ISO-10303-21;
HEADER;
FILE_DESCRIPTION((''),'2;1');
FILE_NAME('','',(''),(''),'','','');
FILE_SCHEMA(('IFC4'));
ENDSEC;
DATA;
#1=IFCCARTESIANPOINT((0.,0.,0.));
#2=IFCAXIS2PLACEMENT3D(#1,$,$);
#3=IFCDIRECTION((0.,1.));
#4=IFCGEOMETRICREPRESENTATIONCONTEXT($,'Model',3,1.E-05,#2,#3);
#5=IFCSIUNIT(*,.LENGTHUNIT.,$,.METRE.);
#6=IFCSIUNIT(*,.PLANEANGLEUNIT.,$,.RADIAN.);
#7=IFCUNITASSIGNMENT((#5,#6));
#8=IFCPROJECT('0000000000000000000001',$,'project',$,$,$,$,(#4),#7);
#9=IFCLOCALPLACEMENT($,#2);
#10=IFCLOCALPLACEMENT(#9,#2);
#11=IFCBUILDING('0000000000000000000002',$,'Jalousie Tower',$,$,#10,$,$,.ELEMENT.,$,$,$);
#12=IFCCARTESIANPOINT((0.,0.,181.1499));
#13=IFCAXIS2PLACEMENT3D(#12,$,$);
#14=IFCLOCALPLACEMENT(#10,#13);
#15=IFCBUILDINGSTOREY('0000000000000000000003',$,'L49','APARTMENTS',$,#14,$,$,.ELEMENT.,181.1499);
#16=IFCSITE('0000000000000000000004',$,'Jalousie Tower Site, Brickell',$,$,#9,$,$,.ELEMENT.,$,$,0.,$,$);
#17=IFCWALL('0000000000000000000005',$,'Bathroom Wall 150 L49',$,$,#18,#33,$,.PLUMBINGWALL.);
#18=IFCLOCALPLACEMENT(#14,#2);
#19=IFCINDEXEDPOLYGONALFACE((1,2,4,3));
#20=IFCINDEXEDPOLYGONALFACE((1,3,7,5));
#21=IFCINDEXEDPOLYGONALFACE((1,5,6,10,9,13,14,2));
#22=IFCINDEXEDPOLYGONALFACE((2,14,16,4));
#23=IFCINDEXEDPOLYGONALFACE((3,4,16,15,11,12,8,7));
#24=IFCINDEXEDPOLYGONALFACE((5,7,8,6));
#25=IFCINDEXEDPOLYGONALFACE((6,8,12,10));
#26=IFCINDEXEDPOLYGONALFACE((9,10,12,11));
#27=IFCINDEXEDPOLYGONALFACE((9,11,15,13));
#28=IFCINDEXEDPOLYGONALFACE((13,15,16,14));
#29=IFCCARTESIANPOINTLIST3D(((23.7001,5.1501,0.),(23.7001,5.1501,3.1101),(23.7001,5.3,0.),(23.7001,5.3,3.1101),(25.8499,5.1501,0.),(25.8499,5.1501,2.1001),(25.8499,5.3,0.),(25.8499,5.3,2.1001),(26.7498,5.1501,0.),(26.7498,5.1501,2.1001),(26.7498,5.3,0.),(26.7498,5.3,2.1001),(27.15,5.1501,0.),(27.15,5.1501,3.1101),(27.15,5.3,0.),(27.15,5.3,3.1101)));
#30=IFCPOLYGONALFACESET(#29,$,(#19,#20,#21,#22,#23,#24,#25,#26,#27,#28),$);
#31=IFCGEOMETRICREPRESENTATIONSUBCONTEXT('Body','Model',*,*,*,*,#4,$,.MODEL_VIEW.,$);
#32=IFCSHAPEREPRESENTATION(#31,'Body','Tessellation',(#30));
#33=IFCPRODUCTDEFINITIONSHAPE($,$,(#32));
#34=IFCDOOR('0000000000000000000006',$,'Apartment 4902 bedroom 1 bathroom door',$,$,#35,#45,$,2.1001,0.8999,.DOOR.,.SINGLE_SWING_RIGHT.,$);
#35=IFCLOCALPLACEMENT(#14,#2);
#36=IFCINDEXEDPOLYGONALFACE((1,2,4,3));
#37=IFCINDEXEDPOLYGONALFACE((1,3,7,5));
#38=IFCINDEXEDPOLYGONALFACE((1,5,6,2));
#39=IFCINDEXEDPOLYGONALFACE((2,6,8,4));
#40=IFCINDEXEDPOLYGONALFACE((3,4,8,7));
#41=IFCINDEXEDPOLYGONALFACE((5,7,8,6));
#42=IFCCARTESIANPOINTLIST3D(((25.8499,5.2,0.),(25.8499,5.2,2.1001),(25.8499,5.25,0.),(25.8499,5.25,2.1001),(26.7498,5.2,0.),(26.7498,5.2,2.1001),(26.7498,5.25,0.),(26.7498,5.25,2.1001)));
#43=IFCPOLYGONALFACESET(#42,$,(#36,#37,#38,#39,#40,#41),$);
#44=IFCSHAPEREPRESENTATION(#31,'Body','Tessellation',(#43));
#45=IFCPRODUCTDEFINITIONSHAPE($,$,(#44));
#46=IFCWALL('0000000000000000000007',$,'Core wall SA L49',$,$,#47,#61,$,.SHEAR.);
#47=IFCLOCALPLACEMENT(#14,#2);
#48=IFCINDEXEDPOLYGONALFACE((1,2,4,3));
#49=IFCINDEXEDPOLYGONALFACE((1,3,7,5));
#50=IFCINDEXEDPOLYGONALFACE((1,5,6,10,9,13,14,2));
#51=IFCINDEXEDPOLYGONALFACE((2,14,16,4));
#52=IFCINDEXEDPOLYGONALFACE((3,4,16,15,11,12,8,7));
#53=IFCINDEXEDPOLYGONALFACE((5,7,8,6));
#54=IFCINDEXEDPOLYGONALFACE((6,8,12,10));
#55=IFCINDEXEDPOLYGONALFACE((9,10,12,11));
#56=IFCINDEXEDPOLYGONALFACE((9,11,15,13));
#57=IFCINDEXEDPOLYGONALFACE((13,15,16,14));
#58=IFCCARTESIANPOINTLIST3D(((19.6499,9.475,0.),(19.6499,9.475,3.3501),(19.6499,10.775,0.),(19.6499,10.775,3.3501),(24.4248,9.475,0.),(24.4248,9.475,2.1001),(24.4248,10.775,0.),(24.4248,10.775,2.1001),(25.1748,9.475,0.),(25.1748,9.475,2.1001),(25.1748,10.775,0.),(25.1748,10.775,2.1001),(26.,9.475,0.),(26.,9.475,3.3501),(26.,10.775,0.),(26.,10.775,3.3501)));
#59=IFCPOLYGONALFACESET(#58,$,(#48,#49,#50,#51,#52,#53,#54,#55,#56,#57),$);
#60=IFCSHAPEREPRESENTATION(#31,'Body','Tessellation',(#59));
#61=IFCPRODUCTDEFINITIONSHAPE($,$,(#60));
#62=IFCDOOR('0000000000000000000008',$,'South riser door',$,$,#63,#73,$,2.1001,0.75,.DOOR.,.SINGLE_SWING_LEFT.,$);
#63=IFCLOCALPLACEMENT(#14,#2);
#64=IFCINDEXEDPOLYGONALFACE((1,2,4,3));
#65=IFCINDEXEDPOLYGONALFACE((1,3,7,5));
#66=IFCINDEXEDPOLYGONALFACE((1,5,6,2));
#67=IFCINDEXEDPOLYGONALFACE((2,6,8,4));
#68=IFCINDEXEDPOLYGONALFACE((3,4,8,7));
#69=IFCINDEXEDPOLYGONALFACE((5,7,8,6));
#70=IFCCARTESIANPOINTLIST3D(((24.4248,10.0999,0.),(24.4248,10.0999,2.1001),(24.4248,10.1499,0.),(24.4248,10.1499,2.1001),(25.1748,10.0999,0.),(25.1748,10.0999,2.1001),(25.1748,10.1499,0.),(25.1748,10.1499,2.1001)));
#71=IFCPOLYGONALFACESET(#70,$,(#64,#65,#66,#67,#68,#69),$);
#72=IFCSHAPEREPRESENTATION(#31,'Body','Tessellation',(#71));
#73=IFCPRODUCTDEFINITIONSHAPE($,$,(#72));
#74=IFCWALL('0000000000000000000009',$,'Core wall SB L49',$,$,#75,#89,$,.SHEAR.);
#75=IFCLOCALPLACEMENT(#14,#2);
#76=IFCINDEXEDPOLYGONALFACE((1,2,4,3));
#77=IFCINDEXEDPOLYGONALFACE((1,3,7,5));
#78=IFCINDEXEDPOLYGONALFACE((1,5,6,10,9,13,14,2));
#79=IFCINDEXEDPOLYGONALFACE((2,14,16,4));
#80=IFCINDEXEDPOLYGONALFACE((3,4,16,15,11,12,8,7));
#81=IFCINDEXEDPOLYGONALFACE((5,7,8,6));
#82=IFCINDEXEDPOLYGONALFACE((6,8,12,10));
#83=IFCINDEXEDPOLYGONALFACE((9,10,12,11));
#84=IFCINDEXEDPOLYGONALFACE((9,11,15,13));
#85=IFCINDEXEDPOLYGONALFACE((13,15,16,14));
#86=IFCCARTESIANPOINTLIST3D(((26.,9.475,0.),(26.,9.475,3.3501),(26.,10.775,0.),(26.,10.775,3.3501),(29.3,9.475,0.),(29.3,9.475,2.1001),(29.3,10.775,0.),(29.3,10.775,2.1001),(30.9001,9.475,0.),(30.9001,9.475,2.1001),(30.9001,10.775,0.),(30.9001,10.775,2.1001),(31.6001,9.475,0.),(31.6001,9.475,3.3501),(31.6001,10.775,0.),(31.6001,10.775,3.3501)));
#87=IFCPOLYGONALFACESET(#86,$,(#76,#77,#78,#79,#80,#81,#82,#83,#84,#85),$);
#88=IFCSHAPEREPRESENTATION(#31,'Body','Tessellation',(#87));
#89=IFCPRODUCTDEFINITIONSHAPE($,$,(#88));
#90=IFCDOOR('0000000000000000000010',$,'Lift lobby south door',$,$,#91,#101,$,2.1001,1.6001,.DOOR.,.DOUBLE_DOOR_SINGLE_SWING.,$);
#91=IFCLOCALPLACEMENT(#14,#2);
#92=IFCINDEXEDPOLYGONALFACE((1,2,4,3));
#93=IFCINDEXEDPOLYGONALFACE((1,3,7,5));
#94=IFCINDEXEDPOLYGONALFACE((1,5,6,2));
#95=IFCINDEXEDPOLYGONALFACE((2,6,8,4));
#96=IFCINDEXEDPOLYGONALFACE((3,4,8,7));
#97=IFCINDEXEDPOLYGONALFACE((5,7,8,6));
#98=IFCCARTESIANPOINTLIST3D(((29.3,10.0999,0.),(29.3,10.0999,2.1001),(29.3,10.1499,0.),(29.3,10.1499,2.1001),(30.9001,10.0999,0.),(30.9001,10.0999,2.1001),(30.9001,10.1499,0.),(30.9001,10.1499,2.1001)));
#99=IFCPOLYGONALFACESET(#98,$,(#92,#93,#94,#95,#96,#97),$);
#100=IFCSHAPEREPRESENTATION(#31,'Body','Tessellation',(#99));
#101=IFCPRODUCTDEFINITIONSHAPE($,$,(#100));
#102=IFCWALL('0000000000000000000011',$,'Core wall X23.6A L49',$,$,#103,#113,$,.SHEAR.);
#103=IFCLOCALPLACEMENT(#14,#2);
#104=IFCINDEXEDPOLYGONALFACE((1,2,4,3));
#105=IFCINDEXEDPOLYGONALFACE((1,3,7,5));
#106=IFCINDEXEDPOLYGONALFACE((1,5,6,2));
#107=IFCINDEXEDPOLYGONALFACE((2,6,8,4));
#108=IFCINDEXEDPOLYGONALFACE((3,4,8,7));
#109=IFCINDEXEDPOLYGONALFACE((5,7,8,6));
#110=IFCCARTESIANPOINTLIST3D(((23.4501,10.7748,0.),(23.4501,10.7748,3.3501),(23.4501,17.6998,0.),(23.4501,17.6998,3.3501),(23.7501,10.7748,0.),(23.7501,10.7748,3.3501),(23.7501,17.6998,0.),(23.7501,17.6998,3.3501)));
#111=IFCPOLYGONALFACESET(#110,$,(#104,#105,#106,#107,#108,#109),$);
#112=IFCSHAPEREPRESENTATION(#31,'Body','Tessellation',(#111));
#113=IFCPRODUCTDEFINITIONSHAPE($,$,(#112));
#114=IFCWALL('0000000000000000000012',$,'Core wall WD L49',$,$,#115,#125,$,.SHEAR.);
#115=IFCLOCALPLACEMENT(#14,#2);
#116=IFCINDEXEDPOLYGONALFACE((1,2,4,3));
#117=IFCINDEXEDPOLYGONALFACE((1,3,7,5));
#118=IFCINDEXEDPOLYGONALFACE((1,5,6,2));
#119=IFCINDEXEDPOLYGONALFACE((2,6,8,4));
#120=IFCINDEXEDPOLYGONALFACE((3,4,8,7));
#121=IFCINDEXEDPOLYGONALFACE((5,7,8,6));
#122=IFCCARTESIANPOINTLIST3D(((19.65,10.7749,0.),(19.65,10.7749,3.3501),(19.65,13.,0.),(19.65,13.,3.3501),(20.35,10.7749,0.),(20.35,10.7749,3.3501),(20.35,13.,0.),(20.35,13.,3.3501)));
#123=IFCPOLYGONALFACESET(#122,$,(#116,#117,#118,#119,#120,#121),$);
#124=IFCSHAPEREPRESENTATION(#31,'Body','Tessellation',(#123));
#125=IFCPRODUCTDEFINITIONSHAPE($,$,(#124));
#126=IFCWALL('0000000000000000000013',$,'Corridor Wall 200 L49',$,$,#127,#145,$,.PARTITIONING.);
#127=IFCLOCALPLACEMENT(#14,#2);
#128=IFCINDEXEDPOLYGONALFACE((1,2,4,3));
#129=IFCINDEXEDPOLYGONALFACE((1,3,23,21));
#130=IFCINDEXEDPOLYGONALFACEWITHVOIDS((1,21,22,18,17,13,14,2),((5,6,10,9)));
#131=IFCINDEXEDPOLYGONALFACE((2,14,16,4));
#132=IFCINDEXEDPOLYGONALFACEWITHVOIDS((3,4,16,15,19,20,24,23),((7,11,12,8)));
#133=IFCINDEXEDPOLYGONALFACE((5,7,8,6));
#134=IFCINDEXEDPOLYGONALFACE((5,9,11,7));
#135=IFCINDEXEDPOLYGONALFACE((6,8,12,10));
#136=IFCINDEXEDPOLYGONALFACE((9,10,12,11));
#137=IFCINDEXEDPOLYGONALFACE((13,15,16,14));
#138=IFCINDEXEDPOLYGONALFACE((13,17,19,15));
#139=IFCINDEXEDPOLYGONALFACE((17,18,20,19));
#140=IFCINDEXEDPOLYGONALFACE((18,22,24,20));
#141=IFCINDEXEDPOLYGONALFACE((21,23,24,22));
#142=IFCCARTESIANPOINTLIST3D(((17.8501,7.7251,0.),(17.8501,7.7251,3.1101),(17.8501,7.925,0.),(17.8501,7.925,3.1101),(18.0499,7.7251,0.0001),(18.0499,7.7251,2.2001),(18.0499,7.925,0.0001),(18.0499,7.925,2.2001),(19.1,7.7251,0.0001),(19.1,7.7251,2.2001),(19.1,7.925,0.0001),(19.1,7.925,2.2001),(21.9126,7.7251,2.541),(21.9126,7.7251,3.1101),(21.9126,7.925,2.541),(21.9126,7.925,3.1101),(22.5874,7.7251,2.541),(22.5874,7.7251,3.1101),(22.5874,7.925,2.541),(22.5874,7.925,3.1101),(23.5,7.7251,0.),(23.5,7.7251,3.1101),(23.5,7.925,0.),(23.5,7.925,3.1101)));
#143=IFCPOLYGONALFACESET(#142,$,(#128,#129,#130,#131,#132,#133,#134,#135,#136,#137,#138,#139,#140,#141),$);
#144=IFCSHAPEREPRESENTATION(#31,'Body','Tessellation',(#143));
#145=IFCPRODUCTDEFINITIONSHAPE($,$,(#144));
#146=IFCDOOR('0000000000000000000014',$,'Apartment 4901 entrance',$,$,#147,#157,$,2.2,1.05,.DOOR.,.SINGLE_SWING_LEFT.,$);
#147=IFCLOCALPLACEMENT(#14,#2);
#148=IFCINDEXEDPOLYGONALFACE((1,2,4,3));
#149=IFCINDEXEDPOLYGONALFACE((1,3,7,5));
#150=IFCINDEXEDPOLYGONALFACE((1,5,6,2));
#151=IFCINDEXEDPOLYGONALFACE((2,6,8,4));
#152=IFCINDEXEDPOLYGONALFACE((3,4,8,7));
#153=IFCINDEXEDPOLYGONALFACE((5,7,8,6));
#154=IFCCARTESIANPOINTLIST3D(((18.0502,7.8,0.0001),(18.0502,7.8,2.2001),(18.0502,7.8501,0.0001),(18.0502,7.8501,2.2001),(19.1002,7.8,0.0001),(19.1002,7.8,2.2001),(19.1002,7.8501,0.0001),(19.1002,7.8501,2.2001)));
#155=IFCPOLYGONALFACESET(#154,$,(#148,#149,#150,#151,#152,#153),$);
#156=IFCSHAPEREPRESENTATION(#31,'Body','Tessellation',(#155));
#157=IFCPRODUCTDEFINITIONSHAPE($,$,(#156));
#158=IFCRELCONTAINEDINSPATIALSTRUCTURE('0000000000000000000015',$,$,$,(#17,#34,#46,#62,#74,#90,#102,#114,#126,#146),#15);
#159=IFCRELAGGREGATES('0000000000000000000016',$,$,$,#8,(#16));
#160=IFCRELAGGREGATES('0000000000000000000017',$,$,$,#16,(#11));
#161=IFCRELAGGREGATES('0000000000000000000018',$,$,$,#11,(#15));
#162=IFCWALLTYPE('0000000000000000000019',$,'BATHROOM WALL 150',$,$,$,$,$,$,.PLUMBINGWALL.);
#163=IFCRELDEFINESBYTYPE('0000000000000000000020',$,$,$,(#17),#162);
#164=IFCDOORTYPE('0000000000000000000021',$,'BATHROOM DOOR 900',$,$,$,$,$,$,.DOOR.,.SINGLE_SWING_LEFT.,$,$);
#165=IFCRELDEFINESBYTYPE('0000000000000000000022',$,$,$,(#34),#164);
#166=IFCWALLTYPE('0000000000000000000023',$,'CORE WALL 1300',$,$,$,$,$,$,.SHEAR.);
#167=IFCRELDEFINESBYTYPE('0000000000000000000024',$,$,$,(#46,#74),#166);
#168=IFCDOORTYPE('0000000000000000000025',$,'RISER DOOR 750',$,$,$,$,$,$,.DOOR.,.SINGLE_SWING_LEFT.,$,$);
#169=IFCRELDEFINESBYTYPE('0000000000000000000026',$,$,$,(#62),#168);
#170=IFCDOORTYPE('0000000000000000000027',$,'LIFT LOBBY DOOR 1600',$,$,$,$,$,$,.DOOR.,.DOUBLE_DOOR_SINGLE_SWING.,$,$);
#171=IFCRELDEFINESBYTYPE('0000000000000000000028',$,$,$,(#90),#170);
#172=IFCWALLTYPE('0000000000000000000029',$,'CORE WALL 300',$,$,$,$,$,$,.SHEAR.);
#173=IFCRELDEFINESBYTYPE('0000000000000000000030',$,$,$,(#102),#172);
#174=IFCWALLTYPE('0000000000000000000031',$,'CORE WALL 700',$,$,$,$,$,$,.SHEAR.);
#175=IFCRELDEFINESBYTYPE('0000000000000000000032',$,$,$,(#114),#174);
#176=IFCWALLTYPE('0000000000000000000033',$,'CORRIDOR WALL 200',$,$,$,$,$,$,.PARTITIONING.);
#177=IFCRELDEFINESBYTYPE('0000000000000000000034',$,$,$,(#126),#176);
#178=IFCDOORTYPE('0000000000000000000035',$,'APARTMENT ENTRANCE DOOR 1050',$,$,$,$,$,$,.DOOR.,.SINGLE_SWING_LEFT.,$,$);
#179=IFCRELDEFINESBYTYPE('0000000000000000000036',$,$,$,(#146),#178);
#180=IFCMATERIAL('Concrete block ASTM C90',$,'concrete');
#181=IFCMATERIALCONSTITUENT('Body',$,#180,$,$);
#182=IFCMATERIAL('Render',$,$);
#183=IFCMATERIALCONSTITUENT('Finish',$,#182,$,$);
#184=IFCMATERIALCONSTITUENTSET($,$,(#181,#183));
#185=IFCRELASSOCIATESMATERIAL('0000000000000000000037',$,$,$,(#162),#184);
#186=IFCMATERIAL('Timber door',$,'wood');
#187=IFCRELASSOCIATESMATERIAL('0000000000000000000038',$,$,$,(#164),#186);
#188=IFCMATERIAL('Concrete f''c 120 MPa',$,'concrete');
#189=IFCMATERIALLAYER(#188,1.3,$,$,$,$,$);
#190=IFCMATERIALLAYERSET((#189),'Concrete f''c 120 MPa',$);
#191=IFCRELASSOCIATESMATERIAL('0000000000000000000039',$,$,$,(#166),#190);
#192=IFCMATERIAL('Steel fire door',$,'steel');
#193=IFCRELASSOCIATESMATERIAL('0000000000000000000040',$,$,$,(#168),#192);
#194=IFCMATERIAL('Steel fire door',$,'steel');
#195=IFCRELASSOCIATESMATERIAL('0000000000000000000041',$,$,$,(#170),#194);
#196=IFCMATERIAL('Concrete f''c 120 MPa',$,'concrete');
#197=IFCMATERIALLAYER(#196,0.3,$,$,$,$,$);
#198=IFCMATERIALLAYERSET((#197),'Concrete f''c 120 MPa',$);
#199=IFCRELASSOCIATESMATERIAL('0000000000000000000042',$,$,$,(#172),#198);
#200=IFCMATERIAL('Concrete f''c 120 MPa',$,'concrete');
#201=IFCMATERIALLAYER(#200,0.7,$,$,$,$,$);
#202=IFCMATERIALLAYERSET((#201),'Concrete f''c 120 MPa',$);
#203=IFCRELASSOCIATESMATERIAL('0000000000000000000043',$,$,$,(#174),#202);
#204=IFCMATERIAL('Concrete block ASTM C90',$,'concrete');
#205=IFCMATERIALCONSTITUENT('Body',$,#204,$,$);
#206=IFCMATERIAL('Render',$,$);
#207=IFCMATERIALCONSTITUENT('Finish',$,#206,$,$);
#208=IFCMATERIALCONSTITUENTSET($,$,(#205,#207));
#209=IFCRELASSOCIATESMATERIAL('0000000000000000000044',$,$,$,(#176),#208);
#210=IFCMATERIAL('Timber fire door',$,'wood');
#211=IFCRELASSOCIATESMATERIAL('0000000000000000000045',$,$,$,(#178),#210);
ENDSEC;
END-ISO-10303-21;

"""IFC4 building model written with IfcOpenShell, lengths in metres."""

from ifc_helpers import new_model, si_unit, direction, frame, frame_2d, origin, place, context, subcontext, project, spatial, polyline, rectangle, outline, extrude, material, layer, layer_set, constituent, constituent_set, type_object, element, fill, save


model = new_model("IFC4")

# Units and contexts
model_context = context("Model", 3, precision=1e-05, world=origin(), true_north=direction((0.0, 1.0)))
body_context = subcontext(model_context, "Body", "Model", "MODEL_VIEW")
ifc_project = project(units=[si_unit("LENGTHUNIT", "METRE"), si_unit("PLANEANGLEUNIT", "RADIAN")], contexts=[model_context])

# Site, building, storey
site_placement = place(None, origin())
site = spatial("IfcSite", under=ifc_project, at=site_placement, Name="Jalousie Tower Site, Brickell", CompositionType="ELEMENT", RefElevation=0.0)
building_placement = place(site_placement, origin())
building = spatial("IfcBuilding", under=site, at=building_placement, Name="Jalousie Tower", CompositionType="ELEMENT")
storey_placement = place(building_placement, frame((0.0, 0.0, 181.1499)))
storey = spatial("IfcBuildingStorey", under=building, at=storey_placement, Name="L49", Description="APARTMENTS", CompositionType="ELEMENT", Elevation=181.1499)

# Walls, openings, doors
ifc_material_1 = material(Name="Concrete block ASTM C90", Category="concrete")
ifc_constituent_1 = constituent(ifc_material_1, Name="Body")
ifc_material_2 = material(Name="Render")
ifc_constituent_2 = constituent(ifc_material_2, Name="Finish")
ifc_constituent_set_1 = constituent_set(constituents=[ifc_constituent_1, ifc_constituent_2])
wall_type_1 = type_object("IfcWallType", Name="BATHROOM WALL 150", PredefinedType="PLUMBINGWALL", material=ifc_constituent_set_1)
wall_1_placement = place(storey_placement, frame((23.7, 5.2251, 0.0), z_axis=(0.0, 0.0, 1.0), x_axis=(1.0, 0.0, 0.0)))
wall_1 = element("IfcWall", 1, at=wall_1_placement, inside=storey, type_object=wall_type_1, Name="Bathroom Wall 150 L49", PredefinedType="PLUMBINGWALL", context=body_context, shape_type="SweptSolid", body=[
    extrude(rectangle(XDim=3.45, YDim=0.1499, at=frame_2d((1.7251, 0.0))), origin(), (0.0, 0.0, 1.0), 3.1101),
])
opening_1_placement = place(wall_1_placement, frame((2.1499, 0.0, 0.0)))
opening_1 = element("IfcOpeningElement", 2, at=opening_1_placement, cuts=wall_1, PredefinedType="OPENING", context=body_context, shape_type="SweptSolid", body=[
    extrude(rectangle(XDim=0.8999, YDim=2.1001, at=frame_2d((0.45, 1.05))), frame((0.0, 0.085, 0.0), z_axis=(0.0, -1.0, 0.0), x_axis=(1.0, 0.0, 0.0)), (0.0, 0.0, 1.0), 0.1699),
])
ifc_material_3 = material(Name="Timber door", Category="wood")
door_type_1 = type_object("IfcDoorType", Name="BATHROOM DOOR 900", OperationType="SINGLE_SWING_LEFT", PredefinedType="DOOR", material=ifc_material_3)
door_1_placement = place(opening_1_placement, origin())
door_1 = element("IfcDoor", 3, at=door_1_placement, inside=storey, type_object=door_type_1, Name="Apartment 4902 bedroom 1 bathroom door", OperationType="SINGLE_SWING_RIGHT", OverallHeight=2.1001, OverallWidth=0.8999, PredefinedType="DOOR", context=body_context, shape_type="SweptSolid", body=[
    extrude(rectangle(XDim=0.8999, YDim=2.1001, at=frame_2d((0.45, 1.05))), frame((0.0, 0.0249, 0.0), z_axis=(0.0, -1.0, 0.0), x_axis=(1.0, 0.0, 0.0)), (0.0, 0.0, 1.0), 0.05),
])
fill(opening_1, door_1)
ifc_material_4 = material(Name="Concrete f'c 120 MPa", Category="concrete")
ifc_layer_1 = layer(ifc_material_4, 1.3)
ifc_layer_set_1 = layer_set([ifc_layer_1], Name="Concrete f'c 120 MPa")
wall_type_2 = type_object("IfcWallType", Name="CORE WALL 1300", PredefinedType="SHEAR", material=ifc_layer_set_1)
wall_2_placement = place(storey_placement, frame((19.6499, 10.125, 0.0), z_axis=(0.0, 0.0, 1.0), x_axis=(1.0, 0.0, 0.0)))
wall_2 = element("IfcWall", 4, at=wall_2_placement, inside=storey, type_object=wall_type_2, Name="Core wall SA L49", PredefinedType="SHEAR", context=body_context, shape_type="SweptSolid", body=[
    extrude(rectangle(XDim=6.3501, YDim=1.3, at=frame_2d((3.175, 0.0))), origin(), (0.0, 0.0, 1.0), 3.3501),
])
opening_2_placement = place(wall_2_placement, frame((4.7749, 0.0, 0.0)))
opening_2 = element("IfcOpeningElement", 5, at=opening_2_placement, cuts=wall_2, PredefinedType="OPENING", context=body_context, shape_type="SweptSolid", body=[
    extrude(rectangle(XDim=0.75, YDim=2.1001, at=frame_2d((0.375, 1.05))), frame((0.0, 0.6599, 0.0), z_axis=(0.0, -1.0, 0.0), x_axis=(1.0, 0.0, 0.0)), (0.0, 0.0, 1.0), 1.3201),
])
ifc_material_5 = material(Name="Steel fire door", Category="steel")
door_type_2 = type_object("IfcDoorType", Name="RISER DOOR 750", OperationType="SINGLE_SWING_LEFT", PredefinedType="DOOR", material=ifc_material_5)
door_2_placement = place(opening_2_placement, origin())
door_2 = element("IfcDoor", 6, at=door_2_placement, inside=storey, type_object=door_type_2, Name="South riser door", OperationType="SINGLE_SWING_LEFT", OverallHeight=2.1001, OverallWidth=0.75, PredefinedType="DOOR", context=body_context, shape_type="SweptSolid", body=[
    extrude(rectangle(XDim=0.75, YDim=2.1001, at=frame_2d((0.375, 1.05))), frame((0.0, 0.0249, 0.0), z_axis=(0.0, -1.0, 0.0), x_axis=(1.0, 0.0, 0.0)), (0.0, 0.0, 1.0), 0.05),
])
fill(opening_2, door_2)
wall_3_placement = place(storey_placement, frame((26.0, 10.125, 0.0), z_axis=(0.0, 0.0, 1.0), x_axis=(1.0, 0.0, 0.0)))
wall_3 = element("IfcWall", 7, at=wall_3_placement, inside=storey, type_object=wall_type_2, Name="Core wall SB L49", PredefinedType="SHEAR", context=body_context, shape_type="SweptSolid", body=[
    extrude(rectangle(XDim=5.6001, YDim=1.3, at=frame_2d((2.8, 0.0))), origin(), (0.0, 0.0, 1.0), 3.3501),
])
opening_3_placement = place(wall_3_placement, frame((3.3, 0.0, 0.0)))
opening_3 = element("IfcOpeningElement", 8, at=opening_3_placement, cuts=wall_3, PredefinedType="OPENING", context=body_context, shape_type="SweptSolid", body=[
    extrude(rectangle(XDim=1.6001, YDim=2.1001, at=frame_2d((0.8, 1.05))), frame((0.0, 0.6599, 0.0), z_axis=(0.0, -1.0, 0.0), x_axis=(1.0, 0.0, 0.0)), (0.0, 0.0, 1.0), 1.3201),
])
ifc_material_6 = material(Name="Steel fire door", Category="steel")
door_type_3 = type_object("IfcDoorType", Name="LIFT LOBBY DOOR 1600", OperationType="DOUBLE_DOOR_SINGLE_SWING", PredefinedType="DOOR", material=ifc_material_6)
door_3_placement = place(opening_3_placement, origin())
door_3 = element("IfcDoor", 9, at=door_3_placement, inside=storey, type_object=door_type_3, Name="Lift lobby south door", OperationType="DOUBLE_DOOR_SINGLE_SWING", OverallHeight=2.1001, OverallWidth=1.6001, PredefinedType="DOOR", context=body_context, shape_type="SweptSolid", body=[
    extrude(rectangle(XDim=1.6001, YDim=2.1001, at=frame_2d((0.8, 1.05))), frame((0.0, 0.0249, 0.0), z_axis=(0.0, -1.0, 0.0), x_axis=(1.0, 0.0, 0.0)), (0.0, 0.0, 1.0), 0.05),
])
fill(opening_3, door_3)

# Walls
ifc_material_7 = material(Name="Concrete f'c 120 MPa", Category="concrete")
ifc_layer_2 = layer(ifc_material_7, 0.3)
ifc_layer_set_2 = layer_set([ifc_layer_2], Name="Concrete f'c 120 MPa")
wall_type_3 = type_object("IfcWallType", Name="CORE WALL 300", PredefinedType="SHEAR", material=ifc_layer_set_2)
wall_4_placement = place(storey_placement, frame((23.6001, 10.7749, 0.0), z_axis=(0.0, 0.0, 1.0), x_axis=(0.0, 1.0, 0.0)))
element("IfcWall", 10, at=wall_4_placement, inside=storey, type_object=wall_type_3, Name="Core wall X23.6A L49", PredefinedType="SHEAR", context=body_context, shape_type="SweptSolid", body=[
    extrude(rectangle(XDim=6.925, YDim=0.3, at=frame_2d((3.4624, 0.0))), origin(), (0.0, 0.0, 1.0), 3.3501),
])
ifc_material_8 = material(Name="Concrete f'c 120 MPa", Category="concrete")
ifc_layer_3 = layer(ifc_material_8, 0.7)
ifc_layer_set_3 = layer_set([ifc_layer_3], Name="Concrete f'c 120 MPa")
wall_type_4 = type_object("IfcWallType", Name="CORE WALL 700", PredefinedType="SHEAR", material=ifc_layer_set_3)
wall_5_placement = place(storey_placement, frame((20.0, 13.0, 0.0), z_axis=(0.0, 0.0, 1.0), x_axis=(0.0, -1.0, 0.0)))
element("IfcWall", 11, at=wall_5_placement, inside=storey, type_object=wall_type_4, Name="Core wall WD L49", PredefinedType="SHEAR", context=body_context, shape_type="SweptSolid", body=[
    extrude(rectangle(XDim=2.2251, YDim=0.7, at=frame_2d((1.1125, 0.0))), origin(), (0.0, 0.0, 1.0), 3.3501),
])

# Wall, opening, door
ifc_material_9 = material(Name="Concrete block ASTM C90", Category="concrete")
ifc_constituent_3 = constituent(ifc_material_9, Name="Body")
ifc_material_10 = material(Name="Render")
ifc_constituent_4 = constituent(ifc_material_10, Name="Finish")
ifc_constituent_set_2 = constituent_set(constituents=[ifc_constituent_3, ifc_constituent_4])
wall_type_5 = type_object("IfcWallType", Name="CORRIDOR WALL 200", PredefinedType="PARTITIONING", material=ifc_constituent_set_2)
wall_6_placement = place(storey_placement, frame((17.8501, 7.825, 0.0), z_axis=(0.0, 0.0, 1.0), x_axis=(1.0, 0.0, 0.0)))
wall_6 = element("IfcWall", 12, at=wall_6_placement, inside=storey, type_object=wall_type_5, Name="Corridor Wall 200 L49", PredefinedType="PARTITIONING", context=body_context, shape_type="SweptSolid", body=[
    extrude(outline(polyline([(0.0, 0.0), (5.6499, 0.0), (5.6499, 3.1101), (4.7373, 3.1101), (4.7373, 2.541), (4.0625, 2.541), (4.0625, 3.1101), (0.0, 3.1101), (0.0, 0.0)])), frame((0.0, 0.1001, 0.0), z_axis=(0.0, -1.0, 0.0), x_axis=(1.0, 0.0, 0.0)), (0.0, 0.0, 1.0), 0.2),
])
opening_4_placement = place(wall_6_placement, frame((0.2, 0.0, 0.0)))
opening_4 = element("IfcOpeningElement", 13, at=opening_4_placement, cuts=wall_6, PredefinedType="OPENING", context=body_context, shape_type="SweptSolid", body=[
    extrude(rectangle(XDim=1.05, YDim=2.2, at=frame_2d((0.5249, 1.1001))), frame((0.0, 0.1099, 0.0), z_axis=(0.0, -1.0, 0.0), x_axis=(1.0, 0.0, 0.0)), (0.0, 0.0, 1.0), 0.22),
])
ifc_material_11 = material(Name="Timber fire door", Category="wood")
door_type_4 = type_object("IfcDoorType", Name="APARTMENT ENTRANCE DOOR 1050", OperationType="SINGLE_SWING_LEFT", PredefinedType="DOOR", material=ifc_material_11)
door_4_placement = place(opening_4_placement, frame((1.05, 0.0, 0.0), z_axis=(0.0, 0.0, 1.0), x_axis=(-1.0, 0.0, 0.0)))
door_4 = element("IfcDoor", 14, at=door_4_placement, inside=storey, type_object=door_type_4, Name="Apartment 4901 entrance", OperationType="SINGLE_SWING_LEFT", OverallHeight=2.2, OverallWidth=1.05, PredefinedType="DOOR", context=body_context, shape_type="SweptSolid", body=[
    extrude(rectangle(XDim=1.05, YDim=2.2, at=frame_2d((0.5249, 1.1001))), frame((0.0, 0.0249, 0.0), z_axis=(0.0, -1.0, 0.0), x_axis=(1.0, 0.0, 0.0)), (0.0, 0.0, 1.0), 0.05),
])
fill(opening_4, door_4)

save(model, "model.ifc")
